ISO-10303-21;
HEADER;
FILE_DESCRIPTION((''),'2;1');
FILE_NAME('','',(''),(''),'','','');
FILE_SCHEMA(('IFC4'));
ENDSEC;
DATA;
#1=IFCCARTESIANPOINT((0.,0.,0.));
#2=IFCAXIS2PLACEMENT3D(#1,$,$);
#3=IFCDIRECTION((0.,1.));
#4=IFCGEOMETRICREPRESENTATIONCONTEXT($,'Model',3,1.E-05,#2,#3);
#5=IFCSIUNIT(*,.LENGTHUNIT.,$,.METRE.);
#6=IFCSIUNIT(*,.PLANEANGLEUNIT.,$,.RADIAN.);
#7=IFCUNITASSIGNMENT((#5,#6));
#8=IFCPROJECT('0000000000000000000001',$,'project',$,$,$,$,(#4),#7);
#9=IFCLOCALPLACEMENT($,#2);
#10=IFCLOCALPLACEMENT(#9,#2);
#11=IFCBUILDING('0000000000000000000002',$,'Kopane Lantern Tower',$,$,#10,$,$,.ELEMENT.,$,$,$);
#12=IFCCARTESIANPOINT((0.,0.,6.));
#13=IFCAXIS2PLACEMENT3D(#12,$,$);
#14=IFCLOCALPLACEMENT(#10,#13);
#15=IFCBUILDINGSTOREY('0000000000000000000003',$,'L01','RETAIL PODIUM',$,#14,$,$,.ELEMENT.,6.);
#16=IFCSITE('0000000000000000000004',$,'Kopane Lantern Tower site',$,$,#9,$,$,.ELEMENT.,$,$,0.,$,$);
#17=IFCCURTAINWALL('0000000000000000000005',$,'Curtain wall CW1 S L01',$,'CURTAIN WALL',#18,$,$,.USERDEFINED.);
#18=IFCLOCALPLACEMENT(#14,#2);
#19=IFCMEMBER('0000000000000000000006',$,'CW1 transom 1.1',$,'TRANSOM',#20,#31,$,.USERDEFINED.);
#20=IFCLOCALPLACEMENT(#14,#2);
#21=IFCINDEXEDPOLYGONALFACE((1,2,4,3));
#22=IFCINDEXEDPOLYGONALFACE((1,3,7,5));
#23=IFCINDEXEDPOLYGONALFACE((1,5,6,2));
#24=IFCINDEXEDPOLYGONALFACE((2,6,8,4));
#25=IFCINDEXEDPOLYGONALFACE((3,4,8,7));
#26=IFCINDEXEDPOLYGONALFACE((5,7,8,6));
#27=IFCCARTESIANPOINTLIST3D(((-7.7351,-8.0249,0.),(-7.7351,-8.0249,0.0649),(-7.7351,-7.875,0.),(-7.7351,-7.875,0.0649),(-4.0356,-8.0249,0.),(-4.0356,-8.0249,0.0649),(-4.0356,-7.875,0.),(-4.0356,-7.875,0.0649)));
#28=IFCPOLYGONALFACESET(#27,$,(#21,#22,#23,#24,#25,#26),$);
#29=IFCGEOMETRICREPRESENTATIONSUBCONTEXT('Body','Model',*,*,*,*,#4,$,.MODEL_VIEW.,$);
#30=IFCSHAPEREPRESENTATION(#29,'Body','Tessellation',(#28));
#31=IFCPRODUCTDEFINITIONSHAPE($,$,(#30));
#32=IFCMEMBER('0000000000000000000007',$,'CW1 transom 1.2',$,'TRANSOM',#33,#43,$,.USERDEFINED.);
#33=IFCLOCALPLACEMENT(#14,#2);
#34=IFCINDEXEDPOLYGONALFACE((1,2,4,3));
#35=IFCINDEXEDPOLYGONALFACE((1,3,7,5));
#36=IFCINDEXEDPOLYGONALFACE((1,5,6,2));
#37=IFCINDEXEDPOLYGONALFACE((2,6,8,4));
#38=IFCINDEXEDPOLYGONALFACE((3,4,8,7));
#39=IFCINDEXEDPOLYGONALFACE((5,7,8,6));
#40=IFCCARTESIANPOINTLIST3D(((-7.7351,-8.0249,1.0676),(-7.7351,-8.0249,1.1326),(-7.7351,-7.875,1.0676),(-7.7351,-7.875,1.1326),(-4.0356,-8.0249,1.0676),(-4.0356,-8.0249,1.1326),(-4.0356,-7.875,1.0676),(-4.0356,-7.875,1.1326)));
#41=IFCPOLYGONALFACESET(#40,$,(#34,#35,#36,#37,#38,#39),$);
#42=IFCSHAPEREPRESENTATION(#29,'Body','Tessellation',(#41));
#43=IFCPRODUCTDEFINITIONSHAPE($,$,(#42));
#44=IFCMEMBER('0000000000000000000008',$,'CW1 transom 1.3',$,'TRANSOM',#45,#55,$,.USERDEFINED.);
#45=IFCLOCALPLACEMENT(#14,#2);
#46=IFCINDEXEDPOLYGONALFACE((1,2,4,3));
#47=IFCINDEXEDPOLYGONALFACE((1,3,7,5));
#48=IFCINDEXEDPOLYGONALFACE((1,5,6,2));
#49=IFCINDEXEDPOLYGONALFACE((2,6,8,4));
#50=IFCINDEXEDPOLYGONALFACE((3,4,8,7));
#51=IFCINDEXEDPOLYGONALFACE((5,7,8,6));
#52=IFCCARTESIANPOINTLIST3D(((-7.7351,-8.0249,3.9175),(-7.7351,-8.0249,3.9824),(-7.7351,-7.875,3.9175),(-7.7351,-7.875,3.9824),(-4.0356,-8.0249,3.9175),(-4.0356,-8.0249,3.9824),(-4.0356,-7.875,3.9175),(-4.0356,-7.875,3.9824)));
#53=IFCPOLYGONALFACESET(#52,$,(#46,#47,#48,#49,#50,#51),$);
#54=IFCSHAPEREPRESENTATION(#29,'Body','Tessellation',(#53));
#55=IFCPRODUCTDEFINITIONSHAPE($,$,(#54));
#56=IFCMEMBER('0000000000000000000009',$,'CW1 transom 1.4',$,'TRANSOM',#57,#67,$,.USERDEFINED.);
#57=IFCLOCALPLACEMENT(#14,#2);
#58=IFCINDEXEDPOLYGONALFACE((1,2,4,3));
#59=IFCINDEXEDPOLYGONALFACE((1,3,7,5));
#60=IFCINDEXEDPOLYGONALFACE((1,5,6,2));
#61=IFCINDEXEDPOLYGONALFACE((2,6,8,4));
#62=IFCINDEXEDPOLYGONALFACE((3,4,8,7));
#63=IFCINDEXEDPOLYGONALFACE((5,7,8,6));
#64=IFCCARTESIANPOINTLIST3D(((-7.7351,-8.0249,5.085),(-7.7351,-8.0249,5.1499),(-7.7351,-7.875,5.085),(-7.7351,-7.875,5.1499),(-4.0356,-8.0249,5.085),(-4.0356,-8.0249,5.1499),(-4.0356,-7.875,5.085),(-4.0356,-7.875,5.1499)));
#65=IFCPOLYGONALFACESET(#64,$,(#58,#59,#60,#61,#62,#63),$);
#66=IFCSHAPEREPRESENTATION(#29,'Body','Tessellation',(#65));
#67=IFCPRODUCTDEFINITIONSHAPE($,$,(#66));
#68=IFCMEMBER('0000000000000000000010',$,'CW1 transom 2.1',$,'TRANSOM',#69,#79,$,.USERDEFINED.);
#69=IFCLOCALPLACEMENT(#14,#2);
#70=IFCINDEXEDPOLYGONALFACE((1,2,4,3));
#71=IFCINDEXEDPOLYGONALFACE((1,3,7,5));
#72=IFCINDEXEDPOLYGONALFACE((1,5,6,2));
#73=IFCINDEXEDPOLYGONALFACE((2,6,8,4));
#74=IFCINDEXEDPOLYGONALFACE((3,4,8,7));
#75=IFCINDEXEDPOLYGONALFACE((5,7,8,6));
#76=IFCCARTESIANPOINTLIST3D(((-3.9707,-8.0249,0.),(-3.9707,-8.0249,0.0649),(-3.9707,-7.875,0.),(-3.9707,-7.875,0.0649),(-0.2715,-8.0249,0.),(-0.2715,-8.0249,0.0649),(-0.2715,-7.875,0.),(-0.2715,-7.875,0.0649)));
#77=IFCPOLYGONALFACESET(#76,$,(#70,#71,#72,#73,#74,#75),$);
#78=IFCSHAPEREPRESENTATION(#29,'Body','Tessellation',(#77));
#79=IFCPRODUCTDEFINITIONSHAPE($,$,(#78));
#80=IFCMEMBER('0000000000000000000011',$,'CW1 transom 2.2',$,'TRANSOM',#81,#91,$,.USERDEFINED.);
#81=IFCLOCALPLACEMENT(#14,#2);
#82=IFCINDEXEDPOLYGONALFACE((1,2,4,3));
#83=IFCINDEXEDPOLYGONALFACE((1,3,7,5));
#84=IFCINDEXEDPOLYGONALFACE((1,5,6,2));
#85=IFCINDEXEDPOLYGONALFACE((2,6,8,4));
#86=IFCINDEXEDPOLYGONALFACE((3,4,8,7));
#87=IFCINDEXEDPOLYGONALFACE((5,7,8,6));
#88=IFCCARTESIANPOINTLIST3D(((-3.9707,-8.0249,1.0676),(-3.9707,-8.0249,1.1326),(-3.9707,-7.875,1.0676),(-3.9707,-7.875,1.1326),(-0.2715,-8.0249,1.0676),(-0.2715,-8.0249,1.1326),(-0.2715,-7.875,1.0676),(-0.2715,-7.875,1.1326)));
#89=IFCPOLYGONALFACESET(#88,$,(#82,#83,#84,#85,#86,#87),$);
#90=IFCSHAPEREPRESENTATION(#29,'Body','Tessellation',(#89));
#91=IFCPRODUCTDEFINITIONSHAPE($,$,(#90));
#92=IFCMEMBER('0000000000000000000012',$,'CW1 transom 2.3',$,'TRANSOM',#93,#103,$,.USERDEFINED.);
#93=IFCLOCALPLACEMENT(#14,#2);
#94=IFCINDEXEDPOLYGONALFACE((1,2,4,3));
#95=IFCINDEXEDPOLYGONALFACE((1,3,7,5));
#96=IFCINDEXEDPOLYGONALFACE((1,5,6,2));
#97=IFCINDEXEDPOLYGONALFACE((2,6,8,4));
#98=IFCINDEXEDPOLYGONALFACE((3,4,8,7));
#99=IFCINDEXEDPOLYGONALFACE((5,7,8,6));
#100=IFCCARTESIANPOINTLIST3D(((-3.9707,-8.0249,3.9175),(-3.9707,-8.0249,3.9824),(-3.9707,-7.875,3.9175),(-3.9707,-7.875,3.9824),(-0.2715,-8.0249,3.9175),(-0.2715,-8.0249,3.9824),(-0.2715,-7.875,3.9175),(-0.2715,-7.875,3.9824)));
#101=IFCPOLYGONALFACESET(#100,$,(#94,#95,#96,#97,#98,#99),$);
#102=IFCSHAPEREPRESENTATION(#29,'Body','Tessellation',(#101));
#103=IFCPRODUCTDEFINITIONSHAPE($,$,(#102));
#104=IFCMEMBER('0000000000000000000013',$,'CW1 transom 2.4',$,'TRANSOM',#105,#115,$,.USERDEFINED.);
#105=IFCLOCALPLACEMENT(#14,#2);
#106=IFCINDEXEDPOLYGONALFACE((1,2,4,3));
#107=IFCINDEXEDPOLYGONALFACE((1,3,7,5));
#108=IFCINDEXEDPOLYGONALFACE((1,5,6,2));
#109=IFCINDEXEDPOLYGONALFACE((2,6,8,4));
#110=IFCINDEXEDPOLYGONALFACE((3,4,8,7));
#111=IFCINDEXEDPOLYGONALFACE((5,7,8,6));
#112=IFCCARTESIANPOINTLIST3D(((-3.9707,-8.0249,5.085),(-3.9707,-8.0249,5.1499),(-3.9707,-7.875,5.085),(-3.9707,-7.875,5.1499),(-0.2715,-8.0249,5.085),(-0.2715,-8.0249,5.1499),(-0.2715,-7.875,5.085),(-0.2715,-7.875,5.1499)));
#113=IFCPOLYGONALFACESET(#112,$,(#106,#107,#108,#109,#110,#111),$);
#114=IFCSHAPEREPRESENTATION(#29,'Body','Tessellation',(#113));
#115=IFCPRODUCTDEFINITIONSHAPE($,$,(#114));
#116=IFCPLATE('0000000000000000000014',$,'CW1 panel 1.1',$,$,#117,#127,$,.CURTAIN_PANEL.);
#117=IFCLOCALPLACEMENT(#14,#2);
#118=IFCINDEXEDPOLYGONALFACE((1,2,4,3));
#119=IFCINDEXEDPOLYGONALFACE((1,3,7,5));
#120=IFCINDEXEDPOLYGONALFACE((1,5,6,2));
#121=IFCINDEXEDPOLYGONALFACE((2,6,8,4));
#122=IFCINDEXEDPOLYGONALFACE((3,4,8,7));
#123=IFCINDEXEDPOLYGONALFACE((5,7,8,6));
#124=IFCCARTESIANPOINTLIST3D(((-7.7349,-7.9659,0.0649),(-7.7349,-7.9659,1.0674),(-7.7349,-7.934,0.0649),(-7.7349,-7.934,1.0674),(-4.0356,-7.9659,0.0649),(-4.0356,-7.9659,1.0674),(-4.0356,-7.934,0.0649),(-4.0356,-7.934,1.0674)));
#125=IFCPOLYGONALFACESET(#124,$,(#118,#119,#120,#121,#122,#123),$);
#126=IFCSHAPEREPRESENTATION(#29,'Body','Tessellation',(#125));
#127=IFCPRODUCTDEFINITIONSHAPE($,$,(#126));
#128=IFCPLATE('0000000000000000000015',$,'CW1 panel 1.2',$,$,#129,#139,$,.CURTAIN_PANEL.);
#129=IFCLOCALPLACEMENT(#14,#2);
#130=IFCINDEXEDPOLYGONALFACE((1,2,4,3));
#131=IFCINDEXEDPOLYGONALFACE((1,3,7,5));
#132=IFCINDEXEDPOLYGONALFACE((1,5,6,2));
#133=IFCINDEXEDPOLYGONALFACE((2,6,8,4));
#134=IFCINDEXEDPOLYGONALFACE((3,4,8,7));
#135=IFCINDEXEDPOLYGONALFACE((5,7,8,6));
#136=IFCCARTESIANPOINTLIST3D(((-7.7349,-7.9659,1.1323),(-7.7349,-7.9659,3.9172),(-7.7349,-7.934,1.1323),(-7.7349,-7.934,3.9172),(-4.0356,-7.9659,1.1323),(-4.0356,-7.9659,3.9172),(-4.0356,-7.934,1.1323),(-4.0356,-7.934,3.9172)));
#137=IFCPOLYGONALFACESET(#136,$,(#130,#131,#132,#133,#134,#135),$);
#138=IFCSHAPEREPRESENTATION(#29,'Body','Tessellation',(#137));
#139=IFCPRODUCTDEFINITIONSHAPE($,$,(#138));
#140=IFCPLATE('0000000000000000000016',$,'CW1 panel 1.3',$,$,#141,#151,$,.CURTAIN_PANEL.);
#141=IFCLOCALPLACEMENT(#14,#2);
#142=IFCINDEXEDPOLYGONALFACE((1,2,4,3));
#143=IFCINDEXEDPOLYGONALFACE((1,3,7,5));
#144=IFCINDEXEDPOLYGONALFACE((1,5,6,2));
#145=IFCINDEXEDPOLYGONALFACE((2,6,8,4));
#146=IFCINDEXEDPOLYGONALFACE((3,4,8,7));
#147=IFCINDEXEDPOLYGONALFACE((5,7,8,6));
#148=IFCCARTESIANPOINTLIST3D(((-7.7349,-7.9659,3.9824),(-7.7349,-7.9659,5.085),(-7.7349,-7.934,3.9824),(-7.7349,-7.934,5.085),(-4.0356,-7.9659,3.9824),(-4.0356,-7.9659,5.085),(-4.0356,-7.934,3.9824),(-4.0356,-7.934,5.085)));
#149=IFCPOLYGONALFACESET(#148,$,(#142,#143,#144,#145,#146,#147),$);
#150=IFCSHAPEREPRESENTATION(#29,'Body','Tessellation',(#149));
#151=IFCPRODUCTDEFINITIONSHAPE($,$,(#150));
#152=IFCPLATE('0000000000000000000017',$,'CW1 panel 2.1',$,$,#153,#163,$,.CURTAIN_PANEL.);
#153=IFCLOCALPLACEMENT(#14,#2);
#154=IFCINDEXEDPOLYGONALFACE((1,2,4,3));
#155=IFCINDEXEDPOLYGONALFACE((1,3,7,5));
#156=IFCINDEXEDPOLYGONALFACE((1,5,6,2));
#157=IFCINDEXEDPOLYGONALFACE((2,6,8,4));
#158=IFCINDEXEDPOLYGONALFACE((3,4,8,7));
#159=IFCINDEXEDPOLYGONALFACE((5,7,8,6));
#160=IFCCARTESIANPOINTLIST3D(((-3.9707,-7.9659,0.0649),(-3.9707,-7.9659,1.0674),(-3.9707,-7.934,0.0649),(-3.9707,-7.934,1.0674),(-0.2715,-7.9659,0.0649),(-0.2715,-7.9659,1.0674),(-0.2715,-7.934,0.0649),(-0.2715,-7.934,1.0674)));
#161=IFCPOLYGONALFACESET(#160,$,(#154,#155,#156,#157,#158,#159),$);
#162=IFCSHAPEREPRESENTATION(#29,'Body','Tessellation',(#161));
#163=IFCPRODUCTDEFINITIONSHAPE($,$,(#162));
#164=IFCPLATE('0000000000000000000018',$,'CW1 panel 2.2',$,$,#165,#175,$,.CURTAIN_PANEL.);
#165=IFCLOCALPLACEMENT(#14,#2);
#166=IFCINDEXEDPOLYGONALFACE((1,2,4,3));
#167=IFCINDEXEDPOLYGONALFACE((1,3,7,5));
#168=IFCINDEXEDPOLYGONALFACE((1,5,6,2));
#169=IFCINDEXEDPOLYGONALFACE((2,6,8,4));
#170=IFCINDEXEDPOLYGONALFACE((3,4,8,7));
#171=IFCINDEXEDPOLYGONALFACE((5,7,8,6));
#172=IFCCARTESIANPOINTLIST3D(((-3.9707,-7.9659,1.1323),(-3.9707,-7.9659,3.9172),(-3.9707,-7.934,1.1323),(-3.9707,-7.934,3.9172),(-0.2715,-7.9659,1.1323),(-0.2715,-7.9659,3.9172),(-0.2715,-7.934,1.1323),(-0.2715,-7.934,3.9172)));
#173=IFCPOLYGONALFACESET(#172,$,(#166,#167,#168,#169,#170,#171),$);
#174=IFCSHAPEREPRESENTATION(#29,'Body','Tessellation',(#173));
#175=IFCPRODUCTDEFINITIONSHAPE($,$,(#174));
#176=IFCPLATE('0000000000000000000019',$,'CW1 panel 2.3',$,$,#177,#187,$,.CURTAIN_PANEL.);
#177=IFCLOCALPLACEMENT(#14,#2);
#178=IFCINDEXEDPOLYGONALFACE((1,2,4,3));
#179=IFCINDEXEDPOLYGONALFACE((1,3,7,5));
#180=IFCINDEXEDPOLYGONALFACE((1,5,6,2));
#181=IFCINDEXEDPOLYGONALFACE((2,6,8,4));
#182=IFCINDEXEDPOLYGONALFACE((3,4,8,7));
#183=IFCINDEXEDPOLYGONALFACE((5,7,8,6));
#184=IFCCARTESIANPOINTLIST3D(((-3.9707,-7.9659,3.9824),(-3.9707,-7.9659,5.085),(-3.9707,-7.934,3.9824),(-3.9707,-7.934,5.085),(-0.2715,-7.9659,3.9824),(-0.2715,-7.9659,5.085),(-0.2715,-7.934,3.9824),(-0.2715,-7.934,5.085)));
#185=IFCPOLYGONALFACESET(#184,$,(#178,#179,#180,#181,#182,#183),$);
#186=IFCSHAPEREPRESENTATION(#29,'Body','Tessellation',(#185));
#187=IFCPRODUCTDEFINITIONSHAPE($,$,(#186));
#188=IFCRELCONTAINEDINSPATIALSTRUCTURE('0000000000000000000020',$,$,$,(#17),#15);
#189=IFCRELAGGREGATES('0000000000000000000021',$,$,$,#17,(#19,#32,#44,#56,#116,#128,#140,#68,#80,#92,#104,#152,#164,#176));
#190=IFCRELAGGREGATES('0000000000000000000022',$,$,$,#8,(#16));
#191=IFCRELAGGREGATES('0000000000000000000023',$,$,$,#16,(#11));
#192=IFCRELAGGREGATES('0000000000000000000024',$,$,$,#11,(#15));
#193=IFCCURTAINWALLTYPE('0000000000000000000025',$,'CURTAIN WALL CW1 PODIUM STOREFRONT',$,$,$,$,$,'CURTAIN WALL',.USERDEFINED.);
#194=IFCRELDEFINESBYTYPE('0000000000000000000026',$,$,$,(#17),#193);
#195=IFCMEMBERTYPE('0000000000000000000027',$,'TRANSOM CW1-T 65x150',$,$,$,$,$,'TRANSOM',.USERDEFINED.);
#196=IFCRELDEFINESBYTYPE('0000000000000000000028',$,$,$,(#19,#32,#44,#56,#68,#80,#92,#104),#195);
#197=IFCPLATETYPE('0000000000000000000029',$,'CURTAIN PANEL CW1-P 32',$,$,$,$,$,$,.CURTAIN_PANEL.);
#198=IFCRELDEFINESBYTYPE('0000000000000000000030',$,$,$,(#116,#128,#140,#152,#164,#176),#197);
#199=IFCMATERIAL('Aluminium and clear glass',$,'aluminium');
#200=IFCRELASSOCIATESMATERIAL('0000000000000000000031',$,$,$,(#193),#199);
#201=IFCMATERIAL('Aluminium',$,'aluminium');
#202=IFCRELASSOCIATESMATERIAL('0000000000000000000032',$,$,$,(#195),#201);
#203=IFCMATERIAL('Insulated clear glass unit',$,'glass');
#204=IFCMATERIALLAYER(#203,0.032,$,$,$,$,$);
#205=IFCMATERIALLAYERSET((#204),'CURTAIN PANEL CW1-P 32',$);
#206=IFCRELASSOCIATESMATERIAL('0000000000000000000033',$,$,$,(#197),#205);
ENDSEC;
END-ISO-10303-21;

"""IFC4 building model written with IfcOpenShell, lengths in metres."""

from ifc_helpers import new_model, si_unit, direction, frame, origin, origin_2d, place, context, subcontext, project, spatial, rectangle, extrude, material, layer, layer_set, material_profile, profile_set, type_object, element, aggregate, save


model = new_model("IFC4")

# Units and contexts
model_context = context("Model", 3, precision=1e-05, world=origin(), true_north=direction((0.0, 1.0)))
body_context = subcontext(model_context, "Body", "Model", "MODEL_VIEW")
ifc_project = project(units=[si_unit("LENGTHUNIT", "METRE"), si_unit("PLANEANGLEUNIT", "RADIAN")], contexts=[model_context])

# Site, building, storey
site_placement = place(None, origin())
site = spatial("IfcSite", under=ifc_project, at=site_placement, Name="Kopane Lantern Tower site", CompositionType="ELEMENT", RefElevation=0.0)
building_placement = place(site_placement, origin())
building = spatial("IfcBuilding", under=site, at=building_placement, Name="Kopane Lantern Tower", CompositionType="ELEMENT")
storey_placement = place(building_placement, frame((0.0, 0.0, 6.0)))
storey = spatial("IfcBuildingStorey", under=building, at=storey_placement, Name="L01", Description="RETAIL PODIUM", CompositionType="ELEMENT", Elevation=6.0)

# Curtain wall
ifc_material_1 = material(Name="Aluminium and clear glass", Category="aluminium")
curtain_wall_type = type_object("IfcCurtainWallType", Name="CURTAIN WALL CW1 PODIUM STOREFRONT", ElementType="CURTAIN WALL", PredefinedType="USERDEFINED", material=ifc_material_1)
curtain_wall_1_placement = place(storey_placement, origin())
curtain_wall_1 = element("IfcCurtainWall", 1, at=curtain_wall_1_placement, inside=storey, type_object=curtain_wall_type, Name="Curtain wall CW1 S L01", ObjectType="CURTAIN WALL", PredefinedType="USERDEFINED")

# Members
ifc_material_2 = material(Name="Aluminium", Category="aluminium")
ifc_material_profile_1 = material_profile(ifc_material_2, rectangle(XDim=0.1499, YDim=0.0649, at=origin_2d()), Name="AL 150x65")
ifc_profile_set_1 = profile_set([ifc_material_profile_1], Name="Aluminium")
member_type_1 = type_object("IfcMemberType", Name="TRANSOM CW1-T 65x150", ElementType="TRANSOM", PredefinedType="USERDEFINED", material=ifc_profile_set_1)
member_1_placement = place(storey_placement, frame((-7.7351, -7.95, 0.0325), z_axis=(1.0, 0.0, 0.0), x_axis=(0.0, 1.0, 0.0)))
member_1 = element("IfcMember", 2, at=member_1_placement, type_object=member_type_1, Name="CW1 transom 1.1", ObjectType="TRANSOM", PredefinedType="USERDEFINED", context=body_context, shape_type="SweptSolid", body=[
    extrude(rectangle(XDim=0.1499, YDim=0.0649, at=origin_2d()), origin(), (0.0, 0.0, 1.0), 3.6995),
])
member_2_placement = place(storey_placement, frame((-7.7351, -7.95, 1.1001), z_axis=(1.0, 0.0, 0.0), x_axis=(0.0, 1.0, 0.0)))
member_2 = element("IfcMember", 3, at=member_2_placement, type_object=member_type_1, Name="CW1 transom 1.2", ObjectType="TRANSOM", PredefinedType="USERDEFINED", context=body_context, shape_type="SweptSolid", body=[
    extrude(rectangle(XDim=0.1499, YDim=0.0649, at=origin_2d()), origin(), (0.0, 0.0, 1.0), 3.6995),
])
member_3_placement = place(storey_placement, frame((-7.7351, -7.95, 3.95), z_axis=(1.0, 0.0, 0.0), x_axis=(0.0, 1.0, 0.0)))
member_3 = element("IfcMember", 4, at=member_3_placement, type_object=member_type_1, Name="CW1 transom 1.3", ObjectType="TRANSOM", PredefinedType="USERDEFINED", context=body_context, shape_type="SweptSolid", body=[
    extrude(rectangle(XDim=0.1499, YDim=0.0649, at=origin_2d()), origin(), (0.0, 0.0, 1.0), 3.6995),
])
member_4_placement = place(storey_placement, frame((-7.7351, -7.95, 5.1174), z_axis=(1.0, 0.0, 0.0), x_axis=(0.0, 1.0, 0.0)))
member_4 = element("IfcMember", 5, at=member_4_placement, type_object=member_type_1, Name="CW1 transom 1.4", ObjectType="TRANSOM", PredefinedType="USERDEFINED", context=body_context, shape_type="SweptSolid", body=[
    extrude(rectangle(XDim=0.1499, YDim=0.0649, at=origin_2d()), origin(), (0.0, 0.0, 1.0), 3.6995),
])
member_5_placement = place(storey_placement, frame((-3.9707, -7.95, 0.0325), z_axis=(1.0, 0.0, 0.0), x_axis=(0.0, 1.0, 0.0)))
member_5 = element("IfcMember", 6, at=member_5_placement, type_object=member_type_1, Name="CW1 transom 2.1", ObjectType="TRANSOM", PredefinedType="USERDEFINED", context=body_context, shape_type="SweptSolid", body=[
    extrude(rectangle(XDim=0.1499, YDim=0.0649, at=origin_2d()), origin(), (0.0, 0.0, 1.0), 3.6992),
])
member_6_placement = place(storey_placement, frame((-3.9707, -7.95, 1.1001), z_axis=(1.0, 0.0, 0.0), x_axis=(0.0, 1.0, 0.0)))
member_6 = element("IfcMember", 7, at=member_6_placement, type_object=member_type_1, Name="CW1 transom 2.2", ObjectType="TRANSOM", PredefinedType="USERDEFINED", context=body_context, shape_type="SweptSolid", body=[
    extrude(rectangle(XDim=0.1499, YDim=0.0649, at=origin_2d()), origin(), (0.0, 0.0, 1.0), 3.6992),
])
member_7_placement = place(storey_placement, frame((-3.9707, -7.95, 3.95), z_axis=(1.0, 0.0, 0.0), x_axis=(0.0, 1.0, 0.0)))
member_7 = element("IfcMember", 8, at=member_7_placement, type_object=member_type_1, Name="CW1 transom 2.3", ObjectType="TRANSOM", PredefinedType="USERDEFINED", context=body_context, shape_type="SweptSolid", body=[
    extrude(rectangle(XDim=0.1499, YDim=0.0649, at=origin_2d()), origin(), (0.0, 0.0, 1.0), 3.6992),
])
member_8_placement = place(storey_placement, frame((-3.9707, -7.95, 5.1174), z_axis=(1.0, 0.0, 0.0), x_axis=(0.0, 1.0, 0.0)))
member_8 = element("IfcMember", 9, at=member_8_placement, type_object=member_type_1, Name="CW1 transom 2.4", ObjectType="TRANSOM", PredefinedType="USERDEFINED", context=body_context, shape_type="SweptSolid", body=[
    extrude(rectangle(XDim=0.1499, YDim=0.0649, at=origin_2d()), origin(), (0.0, 0.0, 1.0), 3.6992),
])

# Plates
ifc_material_3 = material(Name="Insulated clear glass unit", Category="glass")
ifc_layer_1 = layer(ifc_material_3, 0.032)
ifc_layer_set_1 = layer_set([ifc_layer_1], Name="CURTAIN PANEL CW1-P 32")
plate_type = type_object("IfcPlateType", Name="CURTAIN PANEL CW1-P 32", PredefinedType="CURTAIN_PANEL", material=ifc_layer_set_1)
plate_1_placement = place(storey_placement, frame((-5.8853, -7.95, 0.0649), z_axis=(0.0, 0.0, 1.0), x_axis=(1.0, 0.0, 0.0)))
plate_1 = element("IfcPlate", 10, at=plate_1_placement, type_object=plate_type, Name="CW1 panel 1.1", PredefinedType="CURTAIN_PANEL", context=body_context, shape_type="SweptSolid", body=[
    extrude(rectangle(XDim=3.6992, YDim=0.032, at=origin_2d()), origin(), (0.0, 0.0, 1.0), 1.0024),
])
plate_2_placement = place(storey_placement, frame((-5.8853, -7.95, 1.1323), z_axis=(0.0, 0.0, 1.0), x_axis=(1.0, 0.0, 0.0)))
plate_2 = element("IfcPlate", 11, at=plate_2_placement, type_object=plate_type, Name="CW1 panel 1.2", PredefinedType="CURTAIN_PANEL", context=body_context, shape_type="SweptSolid", body=[
    extrude(rectangle(XDim=3.6992, YDim=0.032, at=origin_2d()), origin(), (0.0, 0.0, 1.0), 2.7849),
])
plate_3_placement = place(storey_placement, frame((-5.8853, -7.95, 3.9824), z_axis=(0.0, 0.0, 1.0), x_axis=(1.0, 0.0, 0.0)))
plate_3 = element("IfcPlate", 12, at=plate_3_placement, type_object=plate_type, Name="CW1 panel 1.3", PredefinedType="CURTAIN_PANEL", context=body_context, shape_type="SweptSolid", body=[
    extrude(rectangle(XDim=3.6992, YDim=0.032, at=origin_2d()), origin(), (0.0, 0.0, 1.0), 1.1025),
])
plate_4_placement = place(storey_placement, frame((-2.1211, -7.95, 0.0649), z_axis=(0.0, 0.0, 1.0), x_axis=(1.0, 0.0, 0.0)))
plate_4 = element("IfcPlate", 13, at=plate_4_placement, type_object=plate_type, Name="CW1 panel 2.1", PredefinedType="CURTAIN_PANEL", context=body_context, shape_type="SweptSolid", body=[
    extrude(rectangle(XDim=3.6992, YDim=0.032, at=origin_2d()), origin(), (0.0, 0.0, 1.0), 1.0024),
])
plate_5_placement = place(storey_placement, frame((-2.1211, -7.95, 1.1323), z_axis=(0.0, 0.0, 1.0), x_axis=(1.0, 0.0, 0.0)))
plate_5 = element("IfcPlate", 14, at=plate_5_placement, type_object=plate_type, Name="CW1 panel 2.2", PredefinedType="CURTAIN_PANEL", context=body_context, shape_type="SweptSolid", body=[
    extrude(rectangle(XDim=3.6992, YDim=0.032, at=origin_2d()), origin(), (0.0, 0.0, 1.0), 2.7849),
])
plate_6_placement = place(storey_placement, frame((-2.1211, -7.95, 3.9824), z_axis=(0.0, 0.0, 1.0), x_axis=(1.0, 0.0, 0.0)))
plate_6 = element("IfcPlate", 15, at=plate_6_placement, type_object=plate_type, Name="CW1 panel 2.3", PredefinedType="CURTAIN_PANEL", context=body_context, shape_type="SweptSolid", body=[
    extrude(rectangle(XDim=3.6992, YDim=0.032, at=origin_2d()), origin(), (0.0, 0.0, 1.0), 1.1025),
])
aggregate(curtain_wall_1, [member_1, member_2, member_3, member_4, plate_1, plate_2, plate_3, member_5, member_6, member_7, member_8, plate_4, plate_5, plate_6])

save(model, "model.ifc")
